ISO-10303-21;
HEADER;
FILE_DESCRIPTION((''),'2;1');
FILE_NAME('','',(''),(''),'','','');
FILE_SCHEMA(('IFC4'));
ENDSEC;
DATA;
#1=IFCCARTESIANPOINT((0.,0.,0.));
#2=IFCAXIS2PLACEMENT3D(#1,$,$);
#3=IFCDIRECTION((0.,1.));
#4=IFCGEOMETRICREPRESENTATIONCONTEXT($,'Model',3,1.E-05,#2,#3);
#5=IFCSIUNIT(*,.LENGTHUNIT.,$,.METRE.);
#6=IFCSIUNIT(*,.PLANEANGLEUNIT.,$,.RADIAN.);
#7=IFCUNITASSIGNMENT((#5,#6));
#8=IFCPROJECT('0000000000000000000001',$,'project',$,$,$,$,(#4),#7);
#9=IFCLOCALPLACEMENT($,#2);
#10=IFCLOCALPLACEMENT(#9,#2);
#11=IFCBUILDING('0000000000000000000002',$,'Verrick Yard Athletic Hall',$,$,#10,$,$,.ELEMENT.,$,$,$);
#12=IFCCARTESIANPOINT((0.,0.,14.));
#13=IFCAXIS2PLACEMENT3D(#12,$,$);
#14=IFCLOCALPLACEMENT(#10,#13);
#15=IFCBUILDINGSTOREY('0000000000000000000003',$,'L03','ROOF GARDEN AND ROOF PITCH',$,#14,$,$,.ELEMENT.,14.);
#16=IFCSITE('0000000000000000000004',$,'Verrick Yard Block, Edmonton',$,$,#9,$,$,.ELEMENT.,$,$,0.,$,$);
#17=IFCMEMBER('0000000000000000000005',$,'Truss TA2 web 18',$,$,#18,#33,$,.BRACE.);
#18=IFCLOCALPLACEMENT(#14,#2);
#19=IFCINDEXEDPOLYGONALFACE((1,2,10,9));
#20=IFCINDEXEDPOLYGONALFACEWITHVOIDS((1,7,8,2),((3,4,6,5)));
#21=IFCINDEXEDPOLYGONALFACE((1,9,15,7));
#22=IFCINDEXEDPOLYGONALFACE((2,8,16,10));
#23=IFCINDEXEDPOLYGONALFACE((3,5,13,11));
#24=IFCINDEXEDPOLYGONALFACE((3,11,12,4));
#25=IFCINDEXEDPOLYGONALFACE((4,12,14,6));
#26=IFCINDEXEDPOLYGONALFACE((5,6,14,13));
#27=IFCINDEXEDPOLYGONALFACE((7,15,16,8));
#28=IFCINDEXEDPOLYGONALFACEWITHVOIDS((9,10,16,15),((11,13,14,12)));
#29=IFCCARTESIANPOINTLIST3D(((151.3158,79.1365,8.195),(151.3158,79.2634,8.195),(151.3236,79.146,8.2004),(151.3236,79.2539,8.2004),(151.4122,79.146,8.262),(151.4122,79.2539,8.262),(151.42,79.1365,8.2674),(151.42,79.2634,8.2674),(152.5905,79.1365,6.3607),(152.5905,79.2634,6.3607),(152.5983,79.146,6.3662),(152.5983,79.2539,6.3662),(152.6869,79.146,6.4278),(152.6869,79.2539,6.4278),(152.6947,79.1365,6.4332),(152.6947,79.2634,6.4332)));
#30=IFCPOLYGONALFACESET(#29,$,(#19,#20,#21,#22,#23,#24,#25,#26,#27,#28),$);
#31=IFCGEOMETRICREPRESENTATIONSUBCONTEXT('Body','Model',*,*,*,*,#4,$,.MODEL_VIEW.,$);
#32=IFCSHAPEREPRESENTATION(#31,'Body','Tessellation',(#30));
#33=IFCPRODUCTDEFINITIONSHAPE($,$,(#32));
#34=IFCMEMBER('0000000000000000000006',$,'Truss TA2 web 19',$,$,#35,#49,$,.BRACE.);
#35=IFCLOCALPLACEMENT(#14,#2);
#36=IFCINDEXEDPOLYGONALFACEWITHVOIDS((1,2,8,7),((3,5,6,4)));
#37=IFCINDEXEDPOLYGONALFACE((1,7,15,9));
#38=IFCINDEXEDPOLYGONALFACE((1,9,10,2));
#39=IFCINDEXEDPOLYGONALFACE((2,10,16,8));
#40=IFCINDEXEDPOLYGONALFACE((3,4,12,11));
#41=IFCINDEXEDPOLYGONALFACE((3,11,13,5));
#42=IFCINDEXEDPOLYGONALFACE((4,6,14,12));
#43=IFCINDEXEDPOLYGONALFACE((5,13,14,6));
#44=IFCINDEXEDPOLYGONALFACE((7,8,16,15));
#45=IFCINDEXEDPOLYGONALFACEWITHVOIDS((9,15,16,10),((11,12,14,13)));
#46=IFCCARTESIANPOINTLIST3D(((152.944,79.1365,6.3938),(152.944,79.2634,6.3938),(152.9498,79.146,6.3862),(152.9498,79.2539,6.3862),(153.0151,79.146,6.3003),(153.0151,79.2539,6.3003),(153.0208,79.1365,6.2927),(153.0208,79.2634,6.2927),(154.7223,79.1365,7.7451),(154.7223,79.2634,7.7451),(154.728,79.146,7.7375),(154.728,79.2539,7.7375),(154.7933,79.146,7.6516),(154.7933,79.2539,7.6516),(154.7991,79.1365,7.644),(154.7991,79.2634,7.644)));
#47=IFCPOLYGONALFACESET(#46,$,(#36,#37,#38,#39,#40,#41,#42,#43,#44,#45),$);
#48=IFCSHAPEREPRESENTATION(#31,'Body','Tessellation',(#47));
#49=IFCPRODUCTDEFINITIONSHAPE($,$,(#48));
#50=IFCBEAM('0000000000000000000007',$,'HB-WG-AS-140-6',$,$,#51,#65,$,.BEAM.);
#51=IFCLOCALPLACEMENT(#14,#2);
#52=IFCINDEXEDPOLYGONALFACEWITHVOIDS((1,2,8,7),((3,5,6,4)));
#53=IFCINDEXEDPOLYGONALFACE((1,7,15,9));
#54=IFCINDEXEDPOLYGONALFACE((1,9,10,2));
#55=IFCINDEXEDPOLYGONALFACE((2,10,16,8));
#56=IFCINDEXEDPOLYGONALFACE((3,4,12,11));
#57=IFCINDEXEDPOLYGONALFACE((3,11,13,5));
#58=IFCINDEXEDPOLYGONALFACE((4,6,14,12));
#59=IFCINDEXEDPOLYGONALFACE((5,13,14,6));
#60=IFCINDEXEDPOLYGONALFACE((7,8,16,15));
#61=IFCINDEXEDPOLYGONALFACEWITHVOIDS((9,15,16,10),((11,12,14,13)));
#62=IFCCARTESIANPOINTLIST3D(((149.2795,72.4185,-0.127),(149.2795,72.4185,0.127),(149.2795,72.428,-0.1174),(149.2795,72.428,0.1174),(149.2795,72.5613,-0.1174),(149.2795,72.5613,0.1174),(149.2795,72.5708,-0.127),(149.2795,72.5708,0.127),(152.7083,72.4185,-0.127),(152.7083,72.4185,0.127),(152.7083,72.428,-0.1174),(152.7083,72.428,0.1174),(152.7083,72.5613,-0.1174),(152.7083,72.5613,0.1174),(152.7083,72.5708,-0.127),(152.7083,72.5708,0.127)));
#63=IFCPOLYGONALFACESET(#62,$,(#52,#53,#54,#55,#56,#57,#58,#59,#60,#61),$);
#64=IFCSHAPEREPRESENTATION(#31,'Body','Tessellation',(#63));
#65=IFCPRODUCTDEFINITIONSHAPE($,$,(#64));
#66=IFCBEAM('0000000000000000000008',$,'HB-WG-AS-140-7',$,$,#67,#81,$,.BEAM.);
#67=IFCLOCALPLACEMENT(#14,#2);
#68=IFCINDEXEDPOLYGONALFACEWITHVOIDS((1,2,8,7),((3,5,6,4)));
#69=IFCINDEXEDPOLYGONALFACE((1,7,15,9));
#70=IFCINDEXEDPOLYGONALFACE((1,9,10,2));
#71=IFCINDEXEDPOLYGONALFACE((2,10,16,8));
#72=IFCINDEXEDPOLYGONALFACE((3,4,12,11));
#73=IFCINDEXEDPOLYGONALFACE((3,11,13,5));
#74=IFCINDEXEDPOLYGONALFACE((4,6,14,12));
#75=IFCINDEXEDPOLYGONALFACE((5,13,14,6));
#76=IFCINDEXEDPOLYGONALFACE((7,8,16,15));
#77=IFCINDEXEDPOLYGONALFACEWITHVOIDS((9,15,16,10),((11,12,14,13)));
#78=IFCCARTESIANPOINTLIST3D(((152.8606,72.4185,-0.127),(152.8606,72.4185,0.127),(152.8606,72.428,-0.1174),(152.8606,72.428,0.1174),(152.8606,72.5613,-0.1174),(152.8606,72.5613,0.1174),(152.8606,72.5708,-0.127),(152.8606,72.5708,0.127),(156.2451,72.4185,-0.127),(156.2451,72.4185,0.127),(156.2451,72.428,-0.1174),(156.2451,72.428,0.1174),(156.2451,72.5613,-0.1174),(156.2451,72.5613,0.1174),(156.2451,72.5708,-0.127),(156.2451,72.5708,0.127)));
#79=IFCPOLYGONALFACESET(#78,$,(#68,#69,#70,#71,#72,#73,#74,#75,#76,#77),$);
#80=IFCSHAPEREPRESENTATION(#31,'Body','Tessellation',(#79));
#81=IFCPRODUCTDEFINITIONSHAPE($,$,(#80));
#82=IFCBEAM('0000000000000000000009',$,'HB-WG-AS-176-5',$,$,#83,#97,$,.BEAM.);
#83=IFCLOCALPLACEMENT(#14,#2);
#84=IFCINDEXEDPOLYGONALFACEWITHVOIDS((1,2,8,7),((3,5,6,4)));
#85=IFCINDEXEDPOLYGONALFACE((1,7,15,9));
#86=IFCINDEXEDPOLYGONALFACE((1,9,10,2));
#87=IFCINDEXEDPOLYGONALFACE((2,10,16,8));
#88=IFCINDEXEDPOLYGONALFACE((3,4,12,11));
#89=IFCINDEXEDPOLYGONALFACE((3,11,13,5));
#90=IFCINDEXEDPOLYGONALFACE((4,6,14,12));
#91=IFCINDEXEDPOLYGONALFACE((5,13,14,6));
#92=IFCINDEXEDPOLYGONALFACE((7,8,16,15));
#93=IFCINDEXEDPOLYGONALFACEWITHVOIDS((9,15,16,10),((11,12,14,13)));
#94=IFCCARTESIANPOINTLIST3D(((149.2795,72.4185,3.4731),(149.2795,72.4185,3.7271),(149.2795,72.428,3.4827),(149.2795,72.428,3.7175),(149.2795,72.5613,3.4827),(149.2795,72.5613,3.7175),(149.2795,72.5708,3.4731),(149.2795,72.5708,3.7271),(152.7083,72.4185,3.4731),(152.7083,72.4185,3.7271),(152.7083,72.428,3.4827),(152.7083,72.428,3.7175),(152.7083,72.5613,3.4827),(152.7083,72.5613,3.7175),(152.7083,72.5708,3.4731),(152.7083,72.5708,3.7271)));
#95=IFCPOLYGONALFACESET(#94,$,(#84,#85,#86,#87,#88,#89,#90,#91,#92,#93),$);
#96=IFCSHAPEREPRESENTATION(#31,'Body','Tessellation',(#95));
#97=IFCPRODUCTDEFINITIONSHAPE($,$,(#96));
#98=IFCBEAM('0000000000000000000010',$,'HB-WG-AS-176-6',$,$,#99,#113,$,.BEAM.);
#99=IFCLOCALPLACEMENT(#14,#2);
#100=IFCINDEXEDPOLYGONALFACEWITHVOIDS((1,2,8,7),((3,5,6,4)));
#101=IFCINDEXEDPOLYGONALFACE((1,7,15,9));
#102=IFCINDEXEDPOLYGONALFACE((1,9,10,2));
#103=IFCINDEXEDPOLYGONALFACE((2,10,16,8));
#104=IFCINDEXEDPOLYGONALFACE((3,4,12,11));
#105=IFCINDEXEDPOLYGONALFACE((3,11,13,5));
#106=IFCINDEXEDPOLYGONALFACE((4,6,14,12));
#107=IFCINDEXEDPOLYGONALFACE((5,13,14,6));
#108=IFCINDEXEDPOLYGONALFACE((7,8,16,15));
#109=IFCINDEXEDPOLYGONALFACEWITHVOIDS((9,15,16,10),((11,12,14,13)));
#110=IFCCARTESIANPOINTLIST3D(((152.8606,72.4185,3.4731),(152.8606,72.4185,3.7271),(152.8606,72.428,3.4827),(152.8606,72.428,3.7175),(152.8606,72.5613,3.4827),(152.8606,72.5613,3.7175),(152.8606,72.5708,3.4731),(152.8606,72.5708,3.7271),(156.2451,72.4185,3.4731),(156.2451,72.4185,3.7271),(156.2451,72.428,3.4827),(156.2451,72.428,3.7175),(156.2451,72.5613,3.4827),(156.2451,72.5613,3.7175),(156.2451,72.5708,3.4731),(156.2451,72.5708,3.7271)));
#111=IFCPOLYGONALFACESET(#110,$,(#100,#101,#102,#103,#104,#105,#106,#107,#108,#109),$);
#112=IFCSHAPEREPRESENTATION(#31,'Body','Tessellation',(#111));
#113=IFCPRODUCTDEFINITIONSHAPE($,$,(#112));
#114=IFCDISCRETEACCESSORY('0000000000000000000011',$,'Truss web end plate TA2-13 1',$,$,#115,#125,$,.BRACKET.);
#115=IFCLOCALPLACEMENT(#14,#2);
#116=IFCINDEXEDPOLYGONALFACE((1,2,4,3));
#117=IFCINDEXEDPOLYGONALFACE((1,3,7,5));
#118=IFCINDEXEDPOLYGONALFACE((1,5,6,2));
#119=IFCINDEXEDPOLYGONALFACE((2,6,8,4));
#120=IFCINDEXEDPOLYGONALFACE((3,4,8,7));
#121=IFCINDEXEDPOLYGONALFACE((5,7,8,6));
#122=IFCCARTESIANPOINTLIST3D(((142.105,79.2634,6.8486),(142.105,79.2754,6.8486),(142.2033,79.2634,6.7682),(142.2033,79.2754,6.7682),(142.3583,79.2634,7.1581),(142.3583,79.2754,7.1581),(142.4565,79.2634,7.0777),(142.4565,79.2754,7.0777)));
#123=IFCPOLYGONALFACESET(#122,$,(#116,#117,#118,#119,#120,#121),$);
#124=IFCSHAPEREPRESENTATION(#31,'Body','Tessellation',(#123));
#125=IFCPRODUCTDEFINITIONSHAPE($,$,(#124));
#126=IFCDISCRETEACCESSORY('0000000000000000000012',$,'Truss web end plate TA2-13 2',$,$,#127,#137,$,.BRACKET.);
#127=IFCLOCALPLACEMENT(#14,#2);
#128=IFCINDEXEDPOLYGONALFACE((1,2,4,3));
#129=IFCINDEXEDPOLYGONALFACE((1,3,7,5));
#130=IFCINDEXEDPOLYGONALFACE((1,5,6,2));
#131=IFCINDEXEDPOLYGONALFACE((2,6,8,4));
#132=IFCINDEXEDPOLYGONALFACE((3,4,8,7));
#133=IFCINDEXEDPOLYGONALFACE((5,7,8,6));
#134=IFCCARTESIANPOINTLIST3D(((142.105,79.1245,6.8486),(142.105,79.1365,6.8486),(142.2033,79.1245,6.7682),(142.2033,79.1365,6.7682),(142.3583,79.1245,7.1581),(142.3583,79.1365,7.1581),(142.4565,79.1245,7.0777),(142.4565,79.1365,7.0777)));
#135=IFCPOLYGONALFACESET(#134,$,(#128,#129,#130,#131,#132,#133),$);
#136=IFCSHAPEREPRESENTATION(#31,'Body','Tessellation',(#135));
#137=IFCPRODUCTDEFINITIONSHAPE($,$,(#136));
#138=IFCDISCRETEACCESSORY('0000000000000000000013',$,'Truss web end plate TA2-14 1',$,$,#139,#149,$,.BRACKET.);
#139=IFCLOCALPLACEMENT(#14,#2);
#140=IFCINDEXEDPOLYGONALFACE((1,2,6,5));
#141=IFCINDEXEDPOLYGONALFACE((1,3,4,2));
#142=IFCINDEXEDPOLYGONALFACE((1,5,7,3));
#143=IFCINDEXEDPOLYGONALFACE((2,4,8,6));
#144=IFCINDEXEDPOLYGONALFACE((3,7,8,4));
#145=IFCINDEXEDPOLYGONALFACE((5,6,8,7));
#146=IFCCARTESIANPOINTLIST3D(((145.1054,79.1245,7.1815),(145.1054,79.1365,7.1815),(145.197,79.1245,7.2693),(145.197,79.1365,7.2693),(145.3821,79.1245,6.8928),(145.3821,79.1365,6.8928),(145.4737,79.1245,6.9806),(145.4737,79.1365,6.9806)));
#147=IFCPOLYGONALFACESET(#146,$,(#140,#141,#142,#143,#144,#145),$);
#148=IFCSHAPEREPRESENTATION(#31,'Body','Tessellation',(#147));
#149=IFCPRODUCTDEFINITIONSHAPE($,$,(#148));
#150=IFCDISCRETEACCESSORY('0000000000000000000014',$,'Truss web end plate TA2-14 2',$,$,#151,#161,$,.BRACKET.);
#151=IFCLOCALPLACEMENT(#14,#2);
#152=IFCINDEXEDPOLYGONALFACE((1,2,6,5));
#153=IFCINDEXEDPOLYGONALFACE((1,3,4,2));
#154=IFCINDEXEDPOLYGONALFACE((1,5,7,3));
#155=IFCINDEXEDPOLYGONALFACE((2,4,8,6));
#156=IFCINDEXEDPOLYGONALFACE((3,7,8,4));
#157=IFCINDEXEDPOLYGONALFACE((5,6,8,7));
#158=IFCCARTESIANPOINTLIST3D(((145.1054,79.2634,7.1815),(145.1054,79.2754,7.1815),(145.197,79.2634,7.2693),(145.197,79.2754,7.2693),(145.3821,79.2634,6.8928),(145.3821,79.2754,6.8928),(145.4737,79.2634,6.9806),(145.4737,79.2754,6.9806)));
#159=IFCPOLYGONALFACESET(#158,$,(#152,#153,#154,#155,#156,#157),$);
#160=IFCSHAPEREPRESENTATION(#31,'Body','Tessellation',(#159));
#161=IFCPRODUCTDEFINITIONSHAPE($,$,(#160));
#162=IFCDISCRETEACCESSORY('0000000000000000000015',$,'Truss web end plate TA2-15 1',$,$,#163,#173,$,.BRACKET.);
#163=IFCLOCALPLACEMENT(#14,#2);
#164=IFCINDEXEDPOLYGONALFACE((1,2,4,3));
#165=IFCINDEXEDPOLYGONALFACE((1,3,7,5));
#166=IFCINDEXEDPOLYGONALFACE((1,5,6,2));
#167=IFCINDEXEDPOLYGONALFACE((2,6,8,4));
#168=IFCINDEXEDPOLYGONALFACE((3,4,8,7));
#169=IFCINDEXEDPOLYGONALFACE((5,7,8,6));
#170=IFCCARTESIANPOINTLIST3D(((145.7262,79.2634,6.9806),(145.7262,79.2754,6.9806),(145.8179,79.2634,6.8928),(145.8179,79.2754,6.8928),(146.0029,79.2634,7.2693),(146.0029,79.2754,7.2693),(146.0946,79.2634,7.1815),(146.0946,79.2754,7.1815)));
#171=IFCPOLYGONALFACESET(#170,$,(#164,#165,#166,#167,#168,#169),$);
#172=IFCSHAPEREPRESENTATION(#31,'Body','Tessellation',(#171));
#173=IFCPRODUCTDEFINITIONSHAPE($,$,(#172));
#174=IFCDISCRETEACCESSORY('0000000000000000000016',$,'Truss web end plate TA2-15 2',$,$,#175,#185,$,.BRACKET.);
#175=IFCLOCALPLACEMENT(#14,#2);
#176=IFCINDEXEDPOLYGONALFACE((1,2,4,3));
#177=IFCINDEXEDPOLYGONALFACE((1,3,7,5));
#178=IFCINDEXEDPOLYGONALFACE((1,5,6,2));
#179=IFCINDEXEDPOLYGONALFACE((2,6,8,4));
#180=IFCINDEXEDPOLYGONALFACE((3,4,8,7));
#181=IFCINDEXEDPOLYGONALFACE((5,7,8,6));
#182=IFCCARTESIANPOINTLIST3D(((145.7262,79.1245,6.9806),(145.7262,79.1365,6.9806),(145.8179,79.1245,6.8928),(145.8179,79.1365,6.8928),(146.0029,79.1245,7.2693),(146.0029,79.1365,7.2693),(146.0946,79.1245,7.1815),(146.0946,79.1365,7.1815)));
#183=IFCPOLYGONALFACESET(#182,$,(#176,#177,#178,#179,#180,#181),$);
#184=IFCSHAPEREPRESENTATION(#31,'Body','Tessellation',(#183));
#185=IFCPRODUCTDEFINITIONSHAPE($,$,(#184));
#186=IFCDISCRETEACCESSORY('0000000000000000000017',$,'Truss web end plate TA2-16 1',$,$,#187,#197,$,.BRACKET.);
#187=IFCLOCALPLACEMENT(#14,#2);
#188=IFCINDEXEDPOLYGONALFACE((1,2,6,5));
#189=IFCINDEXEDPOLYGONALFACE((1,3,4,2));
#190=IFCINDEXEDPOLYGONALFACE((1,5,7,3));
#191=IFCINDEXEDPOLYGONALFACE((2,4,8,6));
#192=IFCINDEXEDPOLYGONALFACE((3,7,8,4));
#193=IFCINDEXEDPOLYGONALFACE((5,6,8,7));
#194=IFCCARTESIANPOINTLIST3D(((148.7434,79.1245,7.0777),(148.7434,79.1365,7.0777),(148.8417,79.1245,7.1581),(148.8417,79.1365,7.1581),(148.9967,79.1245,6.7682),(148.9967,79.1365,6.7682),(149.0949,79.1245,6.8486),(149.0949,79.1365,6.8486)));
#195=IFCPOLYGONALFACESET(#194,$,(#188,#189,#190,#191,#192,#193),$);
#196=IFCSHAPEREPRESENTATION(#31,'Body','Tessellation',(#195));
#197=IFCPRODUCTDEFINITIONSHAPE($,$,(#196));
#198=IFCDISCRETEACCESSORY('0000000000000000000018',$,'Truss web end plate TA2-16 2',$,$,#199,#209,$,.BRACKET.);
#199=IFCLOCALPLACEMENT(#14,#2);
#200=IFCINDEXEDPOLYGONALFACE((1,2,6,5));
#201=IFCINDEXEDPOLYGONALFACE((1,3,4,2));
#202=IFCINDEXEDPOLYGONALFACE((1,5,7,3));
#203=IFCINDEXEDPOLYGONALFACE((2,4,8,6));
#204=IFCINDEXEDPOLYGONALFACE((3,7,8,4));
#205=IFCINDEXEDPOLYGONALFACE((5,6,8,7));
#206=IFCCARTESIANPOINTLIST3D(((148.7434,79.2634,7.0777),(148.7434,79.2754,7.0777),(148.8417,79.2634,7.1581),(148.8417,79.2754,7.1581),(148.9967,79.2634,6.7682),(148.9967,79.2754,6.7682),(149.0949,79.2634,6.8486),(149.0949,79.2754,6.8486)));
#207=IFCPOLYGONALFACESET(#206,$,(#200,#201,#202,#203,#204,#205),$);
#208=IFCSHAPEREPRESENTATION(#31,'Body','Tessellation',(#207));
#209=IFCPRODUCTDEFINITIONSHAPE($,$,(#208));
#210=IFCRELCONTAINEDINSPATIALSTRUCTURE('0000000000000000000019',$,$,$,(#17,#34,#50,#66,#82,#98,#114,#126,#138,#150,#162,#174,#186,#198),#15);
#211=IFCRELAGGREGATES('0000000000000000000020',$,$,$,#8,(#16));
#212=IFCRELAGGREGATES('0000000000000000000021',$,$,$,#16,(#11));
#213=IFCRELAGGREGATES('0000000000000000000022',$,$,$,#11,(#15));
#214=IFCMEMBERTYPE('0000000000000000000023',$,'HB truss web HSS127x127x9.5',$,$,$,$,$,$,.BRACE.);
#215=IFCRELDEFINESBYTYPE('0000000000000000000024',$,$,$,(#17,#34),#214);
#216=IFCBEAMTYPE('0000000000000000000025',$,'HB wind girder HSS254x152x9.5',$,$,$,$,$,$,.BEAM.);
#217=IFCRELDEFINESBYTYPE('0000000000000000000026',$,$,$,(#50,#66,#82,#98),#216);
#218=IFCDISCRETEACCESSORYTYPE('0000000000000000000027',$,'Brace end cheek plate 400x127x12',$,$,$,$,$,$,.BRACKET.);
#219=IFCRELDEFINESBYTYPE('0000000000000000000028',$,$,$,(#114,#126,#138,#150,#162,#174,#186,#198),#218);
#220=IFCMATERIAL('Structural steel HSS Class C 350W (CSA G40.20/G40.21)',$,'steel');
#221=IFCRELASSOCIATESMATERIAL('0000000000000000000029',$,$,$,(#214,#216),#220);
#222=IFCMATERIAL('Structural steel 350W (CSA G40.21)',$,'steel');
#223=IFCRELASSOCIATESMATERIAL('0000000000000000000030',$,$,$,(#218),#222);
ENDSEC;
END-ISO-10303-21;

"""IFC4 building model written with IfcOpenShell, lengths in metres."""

from ifc_helpers import new_model, si_unit, direction, frame, origin, origin_2d, place, context, subcontext, project, spatial, rectangle, hollow_rectangle, extrude, material, material_profile, profile_set, type_object, element, save


model = new_model("IFC4")

# Units and contexts
model_context = context("Model", 3, precision=1e-05, world=origin(), true_north=direction((0.0, 1.0)))
body_context = subcontext(model_context, "Body", "Model", "MODEL_VIEW")
ifc_project = project(units=[si_unit("LENGTHUNIT", "METRE"), si_unit("PLANEANGLEUNIT", "RADIAN")], contexts=[model_context])

# Site, building, storey
site_placement = place(None, origin())
site = spatial("IfcSite", under=ifc_project, at=site_placement, Name="Verrick Yard Block, Edmonton", CompositionType="ELEMENT", RefElevation=0.0)
building_placement = place(site_placement, origin())
building = spatial("IfcBuilding", under=site, at=building_placement, Name="Verrick Yard Athletic Hall", CompositionType="ELEMENT")
storey_placement = place(building_placement, frame((0.0, 0.0, 14.0)))
storey = spatial("IfcBuildingStorey", under=building, at=storey_placement, Name="L03", Description="ROOF GARDEN AND ROOF PITCH", CompositionType="ELEMENT", Elevation=14.0)

# Members
ifc_material_1 = material(Name="Structural steel HSS Class C 350W (CSA G40.20/G40.21)", Category="steel")
ifc_material_profile_1 = material_profile(ifc_material_1, hollow_rectangle(XDim=0.127, YDim=0.127, WallThickness=0.0095, at=origin_2d()), Name="HSS127x127x9.5")
ifc_profile_set_1 = profile_set([ifc_material_profile_1], Name="Structural steel HSS Class C 350W (CSA G40.20/G40.21)")
member_type_1 = type_object("IfcMemberType", Name="HB truss web HSS127x127x9.5", PredefinedType="BRACE", material=ifc_profile_set_1)
for number, where, z_axis, x_axis, name in (
    (1, (151.3679, 79.2, 8.2312), (0.570664, 0.0, -0.821184), (0.0, 1.0, 0.0), "Truss TA2 web 18"),
):
    element("IfcMember", number, at=place(storey_placement, frame(where, z_axis=z_axis, x_axis=x_axis)), inside=storey, type_object=member_type_1, Name=name, PredefinedType="BRACE", context=body_context, shape_type="SweptSolid", body=[
        extrude(hollow_rectangle(XDim=0.127, YDim=0.127, WallThickness=0.0095, at=origin_2d()), origin(), (0.0, 0.0, 1.0), 2.2336),
    ])
member_1_placement = place(storey_placement, frame((152.9824, 79.2, 6.3433), z_axis=(0.796206, 0.0, 0.605025), x_axis=(0.0, 1.0, 0.0)))
element("IfcMember", 2, at=member_1_placement, inside=storey, type_object=member_type_1, Name="Truss TA2 web 19", PredefinedType="BRACE", context=body_context, shape_type="SweptSolid", body=[
    extrude(hollow_rectangle(XDim=0.127, YDim=0.127, WallThickness=0.0095, at=origin_2d()), origin(), (0.0, 0.0, 1.0), 2.2334),
])

# Beams
ifc_material_profile_2 = material_profile(ifc_material_1, hollow_rectangle(XDim=0.1523, YDim=0.2539, WallThickness=0.0095, at=origin_2d()), Name="HSS254x152x9.5")
ifc_profile_set_2 = profile_set([ifc_material_profile_2], Name="Structural steel HSS Class C 350W (CSA G40.20/G40.21)")
beam_type = type_object("IfcBeamType", Name="HB wind girder HSS254x152x9.5", PredefinedType="BEAM", material=ifc_profile_set_2)
beam_1_placement = place(storey_placement, frame((149.2795, 72.4946, 0.0), z_axis=(1.0, 0.0, 0.0), x_axis=(0.0, 1.0, 0.0)))
element("IfcBeam", 3, at=beam_1_placement, inside=storey, type_object=beam_type, Name="HB-WG-AS-140-6", PredefinedType="BEAM", context=body_context, shape_type="SweptSolid", body=[
    extrude(hollow_rectangle(XDim=0.1523, YDim=0.2539, WallThickness=0.0095, at=origin_2d()), origin(), (0.0, 0.0, 1.0), 3.4287),
])
beam_2_placement = place(storey_placement, frame((152.8606, 72.4946, 0.0), z_axis=(1.0, 0.0, 0.0), x_axis=(0.0, 1.0, 0.0)))
element("IfcBeam", 4, at=beam_2_placement, inside=storey, type_object=beam_type, Name="HB-WG-AS-140-7", PredefinedType="BEAM", context=body_context, shape_type="SweptSolid", body=[
    extrude(hollow_rectangle(XDim=0.1523, YDim=0.2539, WallThickness=0.0095, at=origin_2d()), origin(), (0.0, 0.0, 1.0), 3.3845),
])
beam_3_placement = place(storey_placement, frame((149.2795, 72.4946, 3.6001), z_axis=(1.0, 0.0, 0.0), x_axis=(0.0, 1.0, 0.0)))
element("IfcBeam", 5, at=beam_3_placement, inside=storey, type_object=beam_type, Name="HB-WG-AS-176-5", PredefinedType="BEAM", context=body_context, shape_type="SweptSolid", body=[
    extrude(hollow_rectangle(XDim=0.1523, YDim=0.2539, WallThickness=0.0095, at=origin_2d()), origin(), (0.0, 0.0, 1.0), 3.4287),
])
beam_4_placement = place(storey_placement, frame((152.8606, 72.4946, 3.6001), z_axis=(1.0, 0.0, 0.0), x_axis=(0.0, 1.0, 0.0)))
element("IfcBeam", 6, at=beam_4_placement, inside=storey, type_object=beam_type, Name="HB-WG-AS-176-6", PredefinedType="BEAM", context=body_context, shape_type="SweptSolid", body=[
    extrude(hollow_rectangle(XDim=0.1523, YDim=0.2539, WallThickness=0.0095, at=origin_2d()), origin(), (0.0, 0.0, 1.0), 3.3845),
])

# Discrete accessories
ifc_material_2 = material(Name="Structural steel 350W (CSA G40.21)", Category="steel")
ifc_material_profile_3 = material_profile(ifc_material_2, rectangle(XDim=0.3999, YDim=0.127, at=origin_2d()), Name="Brace end cheek plate")
ifc_profile_set_3 = profile_set([ifc_material_profile_3], Name="Structural steel 350W (CSA G40.21)")
discrete_accessory_type = type_object("IfcDiscreteAccessoryType", Name="Brace end cheek plate 400x127x12", PredefinedType="BRACKET", material=ifc_profile_set_3)
for number, where, z_axis, x_axis, name in (
    (7, (142.2808, 79.2634, 6.9631), (0.0, 1.0, 0.0), (0.633246, 0.0, 0.773951), "Truss web end plate TA2-13 1"),
    (8, (142.2808, 79.1365, 6.9631), (0.0, -1.0, 0.0), (0.633246, 0.0, 0.773951), "Truss web end plate TA2-13 2"),
    (9, (145.2896, 79.1365, 7.0811), (0.0, -1.0, 0.0), (-0.691925, 0.0, 0.721969), "Truss web end plate TA2-14 1"),
    (10, (145.2896, 79.2634, 7.0811), (0.0, 1.0, 0.0), (-0.691925, 0.0, 0.721969), "Truss web end plate TA2-14 2"),
    (11, (145.9104, 79.2634, 7.0811), (0.0, 1.0, 0.0), (0.691925, 0.0, 0.721969), "Truss web end plate TA2-15 1"),
    (12, (145.9104, 79.1365, 7.0811), (0.0, -1.0, 0.0), (0.691925, 0.0, 0.721969), "Truss web end plate TA2-15 2"),
    (13, (148.9192, 79.1365, 6.9631), (0.0, -1.0, 0.0), (-0.633246, 0.0, 0.773951), "Truss web end plate TA2-16 1"),
    (14, (148.9192, 79.2634, 6.9631), (0.0, 1.0, 0.0), (-0.633246, 0.0, 0.773951), "Truss web end plate TA2-16 2"),
):
    element("IfcDiscreteAccessory", number, at=place(storey_placement, frame(where, z_axis=z_axis, x_axis=x_axis)), inside=storey, type_object=discrete_accessory_type, Name=name, PredefinedType="BRACKET", context=body_context, shape_type="SweptSolid", body=[
        extrude(rectangle(XDim=0.3999, YDim=0.127, at=origin_2d()), origin(), (0.0, 0.0, 1.0), 0.012),
    ])

save(model, "model.ifc")
